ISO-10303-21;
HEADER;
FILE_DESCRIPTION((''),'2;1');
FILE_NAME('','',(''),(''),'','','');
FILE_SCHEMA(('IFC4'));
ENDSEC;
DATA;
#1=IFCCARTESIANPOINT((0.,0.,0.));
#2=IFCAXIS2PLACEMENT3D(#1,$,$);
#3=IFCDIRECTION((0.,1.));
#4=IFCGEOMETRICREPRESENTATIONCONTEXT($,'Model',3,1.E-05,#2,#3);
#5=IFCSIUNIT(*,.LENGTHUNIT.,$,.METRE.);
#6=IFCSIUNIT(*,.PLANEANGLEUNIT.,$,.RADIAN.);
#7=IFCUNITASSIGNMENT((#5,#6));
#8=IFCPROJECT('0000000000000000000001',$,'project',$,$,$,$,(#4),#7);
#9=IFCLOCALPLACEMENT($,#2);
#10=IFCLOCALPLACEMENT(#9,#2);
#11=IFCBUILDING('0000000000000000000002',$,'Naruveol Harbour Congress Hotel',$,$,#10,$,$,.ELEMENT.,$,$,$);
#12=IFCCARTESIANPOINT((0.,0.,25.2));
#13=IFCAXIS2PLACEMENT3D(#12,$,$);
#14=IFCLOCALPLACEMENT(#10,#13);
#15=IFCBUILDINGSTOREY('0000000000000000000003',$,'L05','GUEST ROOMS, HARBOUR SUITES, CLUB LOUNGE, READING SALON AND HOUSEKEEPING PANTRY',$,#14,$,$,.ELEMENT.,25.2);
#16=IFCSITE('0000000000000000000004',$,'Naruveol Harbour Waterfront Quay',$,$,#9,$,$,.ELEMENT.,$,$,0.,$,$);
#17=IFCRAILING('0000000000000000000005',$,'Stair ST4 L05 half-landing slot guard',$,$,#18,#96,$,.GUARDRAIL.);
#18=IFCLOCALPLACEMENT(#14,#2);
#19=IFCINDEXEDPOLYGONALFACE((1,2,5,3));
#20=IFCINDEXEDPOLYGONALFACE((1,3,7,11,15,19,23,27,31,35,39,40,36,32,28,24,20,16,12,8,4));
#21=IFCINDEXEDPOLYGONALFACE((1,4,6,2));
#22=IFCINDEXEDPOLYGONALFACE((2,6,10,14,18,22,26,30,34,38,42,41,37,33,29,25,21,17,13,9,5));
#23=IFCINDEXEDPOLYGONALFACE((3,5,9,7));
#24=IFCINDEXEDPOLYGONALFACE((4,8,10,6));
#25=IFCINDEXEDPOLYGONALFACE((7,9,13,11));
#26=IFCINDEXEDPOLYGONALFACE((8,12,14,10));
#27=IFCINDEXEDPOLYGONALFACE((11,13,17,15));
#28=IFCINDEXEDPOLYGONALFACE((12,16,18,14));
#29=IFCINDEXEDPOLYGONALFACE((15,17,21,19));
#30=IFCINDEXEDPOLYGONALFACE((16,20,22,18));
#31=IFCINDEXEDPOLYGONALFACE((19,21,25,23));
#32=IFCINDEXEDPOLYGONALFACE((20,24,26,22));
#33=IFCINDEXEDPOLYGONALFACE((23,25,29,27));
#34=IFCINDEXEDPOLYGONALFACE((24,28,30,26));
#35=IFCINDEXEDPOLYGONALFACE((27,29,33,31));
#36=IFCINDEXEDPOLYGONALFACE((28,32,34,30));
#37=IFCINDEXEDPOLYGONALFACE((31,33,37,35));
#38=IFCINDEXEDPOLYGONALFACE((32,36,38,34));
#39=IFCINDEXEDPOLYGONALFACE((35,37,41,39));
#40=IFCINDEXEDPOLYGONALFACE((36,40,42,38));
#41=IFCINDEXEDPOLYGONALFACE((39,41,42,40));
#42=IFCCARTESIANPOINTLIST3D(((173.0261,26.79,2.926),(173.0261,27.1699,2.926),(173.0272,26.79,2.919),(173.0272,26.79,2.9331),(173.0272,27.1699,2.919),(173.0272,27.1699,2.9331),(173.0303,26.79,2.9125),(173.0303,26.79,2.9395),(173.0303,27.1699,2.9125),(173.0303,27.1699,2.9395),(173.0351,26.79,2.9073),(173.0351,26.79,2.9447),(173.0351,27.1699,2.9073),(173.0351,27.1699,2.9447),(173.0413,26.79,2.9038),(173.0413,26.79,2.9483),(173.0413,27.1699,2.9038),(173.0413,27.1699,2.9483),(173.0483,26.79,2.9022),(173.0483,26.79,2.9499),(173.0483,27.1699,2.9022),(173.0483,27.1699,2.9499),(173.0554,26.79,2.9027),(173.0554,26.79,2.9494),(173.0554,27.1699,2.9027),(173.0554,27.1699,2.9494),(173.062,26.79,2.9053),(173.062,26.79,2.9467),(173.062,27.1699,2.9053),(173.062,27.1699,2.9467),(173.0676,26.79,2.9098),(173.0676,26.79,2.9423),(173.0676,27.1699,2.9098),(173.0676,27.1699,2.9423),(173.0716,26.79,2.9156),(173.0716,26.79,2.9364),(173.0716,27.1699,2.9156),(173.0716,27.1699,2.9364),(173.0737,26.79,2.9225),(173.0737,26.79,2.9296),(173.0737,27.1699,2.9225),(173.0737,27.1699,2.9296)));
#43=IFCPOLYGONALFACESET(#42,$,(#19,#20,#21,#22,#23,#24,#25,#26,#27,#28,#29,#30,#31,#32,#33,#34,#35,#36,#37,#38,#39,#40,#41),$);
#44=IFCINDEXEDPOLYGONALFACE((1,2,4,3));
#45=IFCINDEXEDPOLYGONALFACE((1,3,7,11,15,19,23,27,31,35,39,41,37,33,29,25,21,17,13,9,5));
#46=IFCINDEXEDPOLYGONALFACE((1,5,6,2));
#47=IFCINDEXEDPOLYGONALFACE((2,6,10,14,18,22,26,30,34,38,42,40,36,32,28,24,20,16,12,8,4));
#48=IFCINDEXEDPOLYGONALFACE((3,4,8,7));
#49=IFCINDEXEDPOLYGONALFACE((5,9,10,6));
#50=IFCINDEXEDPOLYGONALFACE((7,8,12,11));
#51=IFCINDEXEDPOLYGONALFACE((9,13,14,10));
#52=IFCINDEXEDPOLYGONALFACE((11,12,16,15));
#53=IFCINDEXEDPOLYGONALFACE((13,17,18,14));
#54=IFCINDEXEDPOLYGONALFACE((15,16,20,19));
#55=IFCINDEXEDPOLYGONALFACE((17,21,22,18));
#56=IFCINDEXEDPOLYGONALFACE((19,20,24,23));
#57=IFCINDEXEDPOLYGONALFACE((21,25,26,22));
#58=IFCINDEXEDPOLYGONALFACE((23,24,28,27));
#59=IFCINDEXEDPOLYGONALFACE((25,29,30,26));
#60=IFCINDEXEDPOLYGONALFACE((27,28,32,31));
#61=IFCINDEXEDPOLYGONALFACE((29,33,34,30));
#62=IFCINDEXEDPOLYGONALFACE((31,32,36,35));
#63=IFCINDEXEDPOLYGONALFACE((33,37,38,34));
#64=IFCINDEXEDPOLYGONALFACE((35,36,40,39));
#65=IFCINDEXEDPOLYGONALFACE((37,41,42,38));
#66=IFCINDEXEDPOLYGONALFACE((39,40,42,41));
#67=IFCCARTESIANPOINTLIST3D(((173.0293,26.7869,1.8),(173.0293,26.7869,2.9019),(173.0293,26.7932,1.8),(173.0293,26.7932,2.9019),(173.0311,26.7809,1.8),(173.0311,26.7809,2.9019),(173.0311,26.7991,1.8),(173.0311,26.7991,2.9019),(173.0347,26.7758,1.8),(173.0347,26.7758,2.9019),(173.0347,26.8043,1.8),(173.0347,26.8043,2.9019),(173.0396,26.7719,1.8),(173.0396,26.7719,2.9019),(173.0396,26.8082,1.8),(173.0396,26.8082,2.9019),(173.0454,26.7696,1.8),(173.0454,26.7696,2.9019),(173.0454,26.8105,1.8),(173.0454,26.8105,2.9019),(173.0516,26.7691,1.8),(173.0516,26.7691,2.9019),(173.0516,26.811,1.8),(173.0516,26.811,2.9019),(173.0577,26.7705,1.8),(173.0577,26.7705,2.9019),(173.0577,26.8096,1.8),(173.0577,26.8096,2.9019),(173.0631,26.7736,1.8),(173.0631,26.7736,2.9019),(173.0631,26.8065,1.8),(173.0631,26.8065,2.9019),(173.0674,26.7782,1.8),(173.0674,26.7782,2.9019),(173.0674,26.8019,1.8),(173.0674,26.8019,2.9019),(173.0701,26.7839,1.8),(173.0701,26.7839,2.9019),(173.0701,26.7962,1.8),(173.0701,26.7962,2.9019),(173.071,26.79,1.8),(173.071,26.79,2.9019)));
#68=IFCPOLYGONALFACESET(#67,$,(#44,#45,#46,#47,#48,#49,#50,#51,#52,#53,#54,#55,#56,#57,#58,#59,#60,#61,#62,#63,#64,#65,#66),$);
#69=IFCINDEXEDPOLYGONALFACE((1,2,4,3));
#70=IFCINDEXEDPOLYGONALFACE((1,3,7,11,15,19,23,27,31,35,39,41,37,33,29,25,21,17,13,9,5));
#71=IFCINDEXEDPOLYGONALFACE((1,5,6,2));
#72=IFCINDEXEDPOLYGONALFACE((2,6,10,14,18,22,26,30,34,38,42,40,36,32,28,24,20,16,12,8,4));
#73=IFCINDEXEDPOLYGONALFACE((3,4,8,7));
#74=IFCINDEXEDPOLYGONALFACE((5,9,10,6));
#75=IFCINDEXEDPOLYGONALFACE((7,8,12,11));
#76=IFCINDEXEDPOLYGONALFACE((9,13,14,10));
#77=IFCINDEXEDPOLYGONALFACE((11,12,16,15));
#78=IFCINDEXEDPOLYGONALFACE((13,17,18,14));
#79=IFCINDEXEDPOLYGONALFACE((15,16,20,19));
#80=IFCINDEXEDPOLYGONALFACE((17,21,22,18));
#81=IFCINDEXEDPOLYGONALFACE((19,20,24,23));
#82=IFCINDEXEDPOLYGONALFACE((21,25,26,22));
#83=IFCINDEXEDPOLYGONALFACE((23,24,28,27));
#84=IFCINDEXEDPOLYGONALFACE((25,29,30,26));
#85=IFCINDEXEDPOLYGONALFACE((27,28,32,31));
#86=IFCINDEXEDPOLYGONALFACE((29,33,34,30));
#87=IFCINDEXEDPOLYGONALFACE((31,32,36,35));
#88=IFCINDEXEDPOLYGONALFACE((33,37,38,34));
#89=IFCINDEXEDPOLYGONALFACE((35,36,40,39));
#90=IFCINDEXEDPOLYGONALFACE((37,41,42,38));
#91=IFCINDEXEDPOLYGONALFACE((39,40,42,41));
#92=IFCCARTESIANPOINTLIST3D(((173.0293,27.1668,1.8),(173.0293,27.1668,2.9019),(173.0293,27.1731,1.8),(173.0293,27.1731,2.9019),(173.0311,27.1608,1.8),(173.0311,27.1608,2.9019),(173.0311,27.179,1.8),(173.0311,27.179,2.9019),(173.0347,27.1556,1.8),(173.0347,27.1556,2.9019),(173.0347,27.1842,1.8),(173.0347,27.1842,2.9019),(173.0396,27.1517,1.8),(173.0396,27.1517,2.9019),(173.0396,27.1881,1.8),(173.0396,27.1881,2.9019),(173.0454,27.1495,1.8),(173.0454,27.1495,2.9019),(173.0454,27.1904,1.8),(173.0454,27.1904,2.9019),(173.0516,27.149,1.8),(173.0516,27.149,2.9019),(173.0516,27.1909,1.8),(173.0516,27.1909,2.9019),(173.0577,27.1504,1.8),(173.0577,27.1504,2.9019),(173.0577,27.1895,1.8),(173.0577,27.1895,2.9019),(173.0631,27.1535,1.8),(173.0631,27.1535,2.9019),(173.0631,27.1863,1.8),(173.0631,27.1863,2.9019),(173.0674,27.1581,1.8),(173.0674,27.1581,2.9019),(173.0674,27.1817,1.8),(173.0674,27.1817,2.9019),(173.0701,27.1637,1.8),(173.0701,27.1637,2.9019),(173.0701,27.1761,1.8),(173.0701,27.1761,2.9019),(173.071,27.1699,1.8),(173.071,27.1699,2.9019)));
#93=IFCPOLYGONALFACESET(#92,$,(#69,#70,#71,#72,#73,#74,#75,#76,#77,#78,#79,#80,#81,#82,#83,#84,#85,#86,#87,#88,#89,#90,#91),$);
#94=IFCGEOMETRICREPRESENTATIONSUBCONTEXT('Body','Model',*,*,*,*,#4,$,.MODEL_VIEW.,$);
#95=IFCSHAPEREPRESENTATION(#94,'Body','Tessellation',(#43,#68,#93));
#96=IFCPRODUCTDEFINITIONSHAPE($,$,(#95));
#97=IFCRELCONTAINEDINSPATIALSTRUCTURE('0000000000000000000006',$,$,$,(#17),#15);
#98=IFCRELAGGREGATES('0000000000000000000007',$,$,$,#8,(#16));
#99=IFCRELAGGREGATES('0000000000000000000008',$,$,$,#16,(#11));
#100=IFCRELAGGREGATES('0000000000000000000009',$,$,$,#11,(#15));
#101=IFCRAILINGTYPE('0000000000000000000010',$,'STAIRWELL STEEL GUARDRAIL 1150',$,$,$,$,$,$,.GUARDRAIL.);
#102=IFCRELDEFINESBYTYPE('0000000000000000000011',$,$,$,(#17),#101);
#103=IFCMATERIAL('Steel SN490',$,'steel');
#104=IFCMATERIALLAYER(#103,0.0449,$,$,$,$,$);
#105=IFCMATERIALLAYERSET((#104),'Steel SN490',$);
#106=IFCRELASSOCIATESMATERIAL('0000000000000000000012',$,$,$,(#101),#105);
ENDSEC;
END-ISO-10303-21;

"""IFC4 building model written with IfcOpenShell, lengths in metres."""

from ifc_helpers import new_model, si_unit, direction, frame, origin, origin_2d, place, context, subcontext, project, spatial, circle, extrude, material, layer, layer_set, type_object, element, save


model = new_model("IFC4")

# Units and contexts
model_context = context("Model", 3, precision=1e-05, world=origin(), true_north=direction((0.0, 1.0)))
body_context = subcontext(model_context, "Body", "Model", "MODEL_VIEW")
ifc_project = project(units=[si_unit("LENGTHUNIT", "METRE"), si_unit("PLANEANGLEUNIT", "RADIAN")], contexts=[model_context])

# Site, building, storey
site_placement = place(None, origin())
site = spatial("IfcSite", under=ifc_project, at=site_placement, Name="Naruveol Harbour Waterfront Quay", CompositionType="ELEMENT", RefElevation=0.0)
building_placement = place(site_placement, origin())
building = spatial("IfcBuilding", under=site, at=building_placement, Name="Naruveol Harbour Congress Hotel", CompositionType="ELEMENT")
storey_placement = place(building_placement, frame((0.0, 0.0, 25.2)))
storey = spatial("IfcBuildingStorey", under=building, at=storey_placement, Name="L05", Description="GUEST ROOMS, HARBOUR SUITES, CLUB LOUNGE, READING SALON AND HOUSEKEEPING PANTRY", CompositionType="ELEMENT", Elevation=25.2)

# Railing
ifc_material_1 = material(Name="Steel SN490", Category="steel")
ifc_layer_1 = layer(ifc_material_1, 0.0449)
ifc_layer_set_1 = layer_set([ifc_layer_1], Name="Steel SN490")
railing_type_1 = type_object("IfcRailingType", Name="STAIRWELL STEEL GUARDRAIL 1150", PredefinedType="GUARDRAIL", material=ifc_layer_set_1)
railing_1_placement = place(storey_placement, frame((173.05, 26.79, 1.8)))
element("IfcRailing", 1, at=railing_1_placement, inside=storey, type_object=railing_type_1, Name="Stair ST4 L05 half-landing slot guard", PredefinedType="GUARDRAIL", context=body_context, shape_type="SweptSolid", body=[
    extrude(circle(Radius=0.0239, at=origin_2d()), frame((0.0, 0.0, 1.126), z_axis=(0.0, 1.0, 0.0), x_axis=(-1.0, 0.0, 0.0)), (0.0, 0.0, 1.0), 0.3799),
    extrude(circle(Radius=0.021, at=origin_2d()), origin(), (0.0, 0.0, 1.0), 1.1018),
    extrude(circle(Radius=0.021, at=origin_2d()), frame((0.0, 0.3799, 0.0)), (0.0, 0.0, 1.0), 1.1018),
])

save(model, "model.ifc")
